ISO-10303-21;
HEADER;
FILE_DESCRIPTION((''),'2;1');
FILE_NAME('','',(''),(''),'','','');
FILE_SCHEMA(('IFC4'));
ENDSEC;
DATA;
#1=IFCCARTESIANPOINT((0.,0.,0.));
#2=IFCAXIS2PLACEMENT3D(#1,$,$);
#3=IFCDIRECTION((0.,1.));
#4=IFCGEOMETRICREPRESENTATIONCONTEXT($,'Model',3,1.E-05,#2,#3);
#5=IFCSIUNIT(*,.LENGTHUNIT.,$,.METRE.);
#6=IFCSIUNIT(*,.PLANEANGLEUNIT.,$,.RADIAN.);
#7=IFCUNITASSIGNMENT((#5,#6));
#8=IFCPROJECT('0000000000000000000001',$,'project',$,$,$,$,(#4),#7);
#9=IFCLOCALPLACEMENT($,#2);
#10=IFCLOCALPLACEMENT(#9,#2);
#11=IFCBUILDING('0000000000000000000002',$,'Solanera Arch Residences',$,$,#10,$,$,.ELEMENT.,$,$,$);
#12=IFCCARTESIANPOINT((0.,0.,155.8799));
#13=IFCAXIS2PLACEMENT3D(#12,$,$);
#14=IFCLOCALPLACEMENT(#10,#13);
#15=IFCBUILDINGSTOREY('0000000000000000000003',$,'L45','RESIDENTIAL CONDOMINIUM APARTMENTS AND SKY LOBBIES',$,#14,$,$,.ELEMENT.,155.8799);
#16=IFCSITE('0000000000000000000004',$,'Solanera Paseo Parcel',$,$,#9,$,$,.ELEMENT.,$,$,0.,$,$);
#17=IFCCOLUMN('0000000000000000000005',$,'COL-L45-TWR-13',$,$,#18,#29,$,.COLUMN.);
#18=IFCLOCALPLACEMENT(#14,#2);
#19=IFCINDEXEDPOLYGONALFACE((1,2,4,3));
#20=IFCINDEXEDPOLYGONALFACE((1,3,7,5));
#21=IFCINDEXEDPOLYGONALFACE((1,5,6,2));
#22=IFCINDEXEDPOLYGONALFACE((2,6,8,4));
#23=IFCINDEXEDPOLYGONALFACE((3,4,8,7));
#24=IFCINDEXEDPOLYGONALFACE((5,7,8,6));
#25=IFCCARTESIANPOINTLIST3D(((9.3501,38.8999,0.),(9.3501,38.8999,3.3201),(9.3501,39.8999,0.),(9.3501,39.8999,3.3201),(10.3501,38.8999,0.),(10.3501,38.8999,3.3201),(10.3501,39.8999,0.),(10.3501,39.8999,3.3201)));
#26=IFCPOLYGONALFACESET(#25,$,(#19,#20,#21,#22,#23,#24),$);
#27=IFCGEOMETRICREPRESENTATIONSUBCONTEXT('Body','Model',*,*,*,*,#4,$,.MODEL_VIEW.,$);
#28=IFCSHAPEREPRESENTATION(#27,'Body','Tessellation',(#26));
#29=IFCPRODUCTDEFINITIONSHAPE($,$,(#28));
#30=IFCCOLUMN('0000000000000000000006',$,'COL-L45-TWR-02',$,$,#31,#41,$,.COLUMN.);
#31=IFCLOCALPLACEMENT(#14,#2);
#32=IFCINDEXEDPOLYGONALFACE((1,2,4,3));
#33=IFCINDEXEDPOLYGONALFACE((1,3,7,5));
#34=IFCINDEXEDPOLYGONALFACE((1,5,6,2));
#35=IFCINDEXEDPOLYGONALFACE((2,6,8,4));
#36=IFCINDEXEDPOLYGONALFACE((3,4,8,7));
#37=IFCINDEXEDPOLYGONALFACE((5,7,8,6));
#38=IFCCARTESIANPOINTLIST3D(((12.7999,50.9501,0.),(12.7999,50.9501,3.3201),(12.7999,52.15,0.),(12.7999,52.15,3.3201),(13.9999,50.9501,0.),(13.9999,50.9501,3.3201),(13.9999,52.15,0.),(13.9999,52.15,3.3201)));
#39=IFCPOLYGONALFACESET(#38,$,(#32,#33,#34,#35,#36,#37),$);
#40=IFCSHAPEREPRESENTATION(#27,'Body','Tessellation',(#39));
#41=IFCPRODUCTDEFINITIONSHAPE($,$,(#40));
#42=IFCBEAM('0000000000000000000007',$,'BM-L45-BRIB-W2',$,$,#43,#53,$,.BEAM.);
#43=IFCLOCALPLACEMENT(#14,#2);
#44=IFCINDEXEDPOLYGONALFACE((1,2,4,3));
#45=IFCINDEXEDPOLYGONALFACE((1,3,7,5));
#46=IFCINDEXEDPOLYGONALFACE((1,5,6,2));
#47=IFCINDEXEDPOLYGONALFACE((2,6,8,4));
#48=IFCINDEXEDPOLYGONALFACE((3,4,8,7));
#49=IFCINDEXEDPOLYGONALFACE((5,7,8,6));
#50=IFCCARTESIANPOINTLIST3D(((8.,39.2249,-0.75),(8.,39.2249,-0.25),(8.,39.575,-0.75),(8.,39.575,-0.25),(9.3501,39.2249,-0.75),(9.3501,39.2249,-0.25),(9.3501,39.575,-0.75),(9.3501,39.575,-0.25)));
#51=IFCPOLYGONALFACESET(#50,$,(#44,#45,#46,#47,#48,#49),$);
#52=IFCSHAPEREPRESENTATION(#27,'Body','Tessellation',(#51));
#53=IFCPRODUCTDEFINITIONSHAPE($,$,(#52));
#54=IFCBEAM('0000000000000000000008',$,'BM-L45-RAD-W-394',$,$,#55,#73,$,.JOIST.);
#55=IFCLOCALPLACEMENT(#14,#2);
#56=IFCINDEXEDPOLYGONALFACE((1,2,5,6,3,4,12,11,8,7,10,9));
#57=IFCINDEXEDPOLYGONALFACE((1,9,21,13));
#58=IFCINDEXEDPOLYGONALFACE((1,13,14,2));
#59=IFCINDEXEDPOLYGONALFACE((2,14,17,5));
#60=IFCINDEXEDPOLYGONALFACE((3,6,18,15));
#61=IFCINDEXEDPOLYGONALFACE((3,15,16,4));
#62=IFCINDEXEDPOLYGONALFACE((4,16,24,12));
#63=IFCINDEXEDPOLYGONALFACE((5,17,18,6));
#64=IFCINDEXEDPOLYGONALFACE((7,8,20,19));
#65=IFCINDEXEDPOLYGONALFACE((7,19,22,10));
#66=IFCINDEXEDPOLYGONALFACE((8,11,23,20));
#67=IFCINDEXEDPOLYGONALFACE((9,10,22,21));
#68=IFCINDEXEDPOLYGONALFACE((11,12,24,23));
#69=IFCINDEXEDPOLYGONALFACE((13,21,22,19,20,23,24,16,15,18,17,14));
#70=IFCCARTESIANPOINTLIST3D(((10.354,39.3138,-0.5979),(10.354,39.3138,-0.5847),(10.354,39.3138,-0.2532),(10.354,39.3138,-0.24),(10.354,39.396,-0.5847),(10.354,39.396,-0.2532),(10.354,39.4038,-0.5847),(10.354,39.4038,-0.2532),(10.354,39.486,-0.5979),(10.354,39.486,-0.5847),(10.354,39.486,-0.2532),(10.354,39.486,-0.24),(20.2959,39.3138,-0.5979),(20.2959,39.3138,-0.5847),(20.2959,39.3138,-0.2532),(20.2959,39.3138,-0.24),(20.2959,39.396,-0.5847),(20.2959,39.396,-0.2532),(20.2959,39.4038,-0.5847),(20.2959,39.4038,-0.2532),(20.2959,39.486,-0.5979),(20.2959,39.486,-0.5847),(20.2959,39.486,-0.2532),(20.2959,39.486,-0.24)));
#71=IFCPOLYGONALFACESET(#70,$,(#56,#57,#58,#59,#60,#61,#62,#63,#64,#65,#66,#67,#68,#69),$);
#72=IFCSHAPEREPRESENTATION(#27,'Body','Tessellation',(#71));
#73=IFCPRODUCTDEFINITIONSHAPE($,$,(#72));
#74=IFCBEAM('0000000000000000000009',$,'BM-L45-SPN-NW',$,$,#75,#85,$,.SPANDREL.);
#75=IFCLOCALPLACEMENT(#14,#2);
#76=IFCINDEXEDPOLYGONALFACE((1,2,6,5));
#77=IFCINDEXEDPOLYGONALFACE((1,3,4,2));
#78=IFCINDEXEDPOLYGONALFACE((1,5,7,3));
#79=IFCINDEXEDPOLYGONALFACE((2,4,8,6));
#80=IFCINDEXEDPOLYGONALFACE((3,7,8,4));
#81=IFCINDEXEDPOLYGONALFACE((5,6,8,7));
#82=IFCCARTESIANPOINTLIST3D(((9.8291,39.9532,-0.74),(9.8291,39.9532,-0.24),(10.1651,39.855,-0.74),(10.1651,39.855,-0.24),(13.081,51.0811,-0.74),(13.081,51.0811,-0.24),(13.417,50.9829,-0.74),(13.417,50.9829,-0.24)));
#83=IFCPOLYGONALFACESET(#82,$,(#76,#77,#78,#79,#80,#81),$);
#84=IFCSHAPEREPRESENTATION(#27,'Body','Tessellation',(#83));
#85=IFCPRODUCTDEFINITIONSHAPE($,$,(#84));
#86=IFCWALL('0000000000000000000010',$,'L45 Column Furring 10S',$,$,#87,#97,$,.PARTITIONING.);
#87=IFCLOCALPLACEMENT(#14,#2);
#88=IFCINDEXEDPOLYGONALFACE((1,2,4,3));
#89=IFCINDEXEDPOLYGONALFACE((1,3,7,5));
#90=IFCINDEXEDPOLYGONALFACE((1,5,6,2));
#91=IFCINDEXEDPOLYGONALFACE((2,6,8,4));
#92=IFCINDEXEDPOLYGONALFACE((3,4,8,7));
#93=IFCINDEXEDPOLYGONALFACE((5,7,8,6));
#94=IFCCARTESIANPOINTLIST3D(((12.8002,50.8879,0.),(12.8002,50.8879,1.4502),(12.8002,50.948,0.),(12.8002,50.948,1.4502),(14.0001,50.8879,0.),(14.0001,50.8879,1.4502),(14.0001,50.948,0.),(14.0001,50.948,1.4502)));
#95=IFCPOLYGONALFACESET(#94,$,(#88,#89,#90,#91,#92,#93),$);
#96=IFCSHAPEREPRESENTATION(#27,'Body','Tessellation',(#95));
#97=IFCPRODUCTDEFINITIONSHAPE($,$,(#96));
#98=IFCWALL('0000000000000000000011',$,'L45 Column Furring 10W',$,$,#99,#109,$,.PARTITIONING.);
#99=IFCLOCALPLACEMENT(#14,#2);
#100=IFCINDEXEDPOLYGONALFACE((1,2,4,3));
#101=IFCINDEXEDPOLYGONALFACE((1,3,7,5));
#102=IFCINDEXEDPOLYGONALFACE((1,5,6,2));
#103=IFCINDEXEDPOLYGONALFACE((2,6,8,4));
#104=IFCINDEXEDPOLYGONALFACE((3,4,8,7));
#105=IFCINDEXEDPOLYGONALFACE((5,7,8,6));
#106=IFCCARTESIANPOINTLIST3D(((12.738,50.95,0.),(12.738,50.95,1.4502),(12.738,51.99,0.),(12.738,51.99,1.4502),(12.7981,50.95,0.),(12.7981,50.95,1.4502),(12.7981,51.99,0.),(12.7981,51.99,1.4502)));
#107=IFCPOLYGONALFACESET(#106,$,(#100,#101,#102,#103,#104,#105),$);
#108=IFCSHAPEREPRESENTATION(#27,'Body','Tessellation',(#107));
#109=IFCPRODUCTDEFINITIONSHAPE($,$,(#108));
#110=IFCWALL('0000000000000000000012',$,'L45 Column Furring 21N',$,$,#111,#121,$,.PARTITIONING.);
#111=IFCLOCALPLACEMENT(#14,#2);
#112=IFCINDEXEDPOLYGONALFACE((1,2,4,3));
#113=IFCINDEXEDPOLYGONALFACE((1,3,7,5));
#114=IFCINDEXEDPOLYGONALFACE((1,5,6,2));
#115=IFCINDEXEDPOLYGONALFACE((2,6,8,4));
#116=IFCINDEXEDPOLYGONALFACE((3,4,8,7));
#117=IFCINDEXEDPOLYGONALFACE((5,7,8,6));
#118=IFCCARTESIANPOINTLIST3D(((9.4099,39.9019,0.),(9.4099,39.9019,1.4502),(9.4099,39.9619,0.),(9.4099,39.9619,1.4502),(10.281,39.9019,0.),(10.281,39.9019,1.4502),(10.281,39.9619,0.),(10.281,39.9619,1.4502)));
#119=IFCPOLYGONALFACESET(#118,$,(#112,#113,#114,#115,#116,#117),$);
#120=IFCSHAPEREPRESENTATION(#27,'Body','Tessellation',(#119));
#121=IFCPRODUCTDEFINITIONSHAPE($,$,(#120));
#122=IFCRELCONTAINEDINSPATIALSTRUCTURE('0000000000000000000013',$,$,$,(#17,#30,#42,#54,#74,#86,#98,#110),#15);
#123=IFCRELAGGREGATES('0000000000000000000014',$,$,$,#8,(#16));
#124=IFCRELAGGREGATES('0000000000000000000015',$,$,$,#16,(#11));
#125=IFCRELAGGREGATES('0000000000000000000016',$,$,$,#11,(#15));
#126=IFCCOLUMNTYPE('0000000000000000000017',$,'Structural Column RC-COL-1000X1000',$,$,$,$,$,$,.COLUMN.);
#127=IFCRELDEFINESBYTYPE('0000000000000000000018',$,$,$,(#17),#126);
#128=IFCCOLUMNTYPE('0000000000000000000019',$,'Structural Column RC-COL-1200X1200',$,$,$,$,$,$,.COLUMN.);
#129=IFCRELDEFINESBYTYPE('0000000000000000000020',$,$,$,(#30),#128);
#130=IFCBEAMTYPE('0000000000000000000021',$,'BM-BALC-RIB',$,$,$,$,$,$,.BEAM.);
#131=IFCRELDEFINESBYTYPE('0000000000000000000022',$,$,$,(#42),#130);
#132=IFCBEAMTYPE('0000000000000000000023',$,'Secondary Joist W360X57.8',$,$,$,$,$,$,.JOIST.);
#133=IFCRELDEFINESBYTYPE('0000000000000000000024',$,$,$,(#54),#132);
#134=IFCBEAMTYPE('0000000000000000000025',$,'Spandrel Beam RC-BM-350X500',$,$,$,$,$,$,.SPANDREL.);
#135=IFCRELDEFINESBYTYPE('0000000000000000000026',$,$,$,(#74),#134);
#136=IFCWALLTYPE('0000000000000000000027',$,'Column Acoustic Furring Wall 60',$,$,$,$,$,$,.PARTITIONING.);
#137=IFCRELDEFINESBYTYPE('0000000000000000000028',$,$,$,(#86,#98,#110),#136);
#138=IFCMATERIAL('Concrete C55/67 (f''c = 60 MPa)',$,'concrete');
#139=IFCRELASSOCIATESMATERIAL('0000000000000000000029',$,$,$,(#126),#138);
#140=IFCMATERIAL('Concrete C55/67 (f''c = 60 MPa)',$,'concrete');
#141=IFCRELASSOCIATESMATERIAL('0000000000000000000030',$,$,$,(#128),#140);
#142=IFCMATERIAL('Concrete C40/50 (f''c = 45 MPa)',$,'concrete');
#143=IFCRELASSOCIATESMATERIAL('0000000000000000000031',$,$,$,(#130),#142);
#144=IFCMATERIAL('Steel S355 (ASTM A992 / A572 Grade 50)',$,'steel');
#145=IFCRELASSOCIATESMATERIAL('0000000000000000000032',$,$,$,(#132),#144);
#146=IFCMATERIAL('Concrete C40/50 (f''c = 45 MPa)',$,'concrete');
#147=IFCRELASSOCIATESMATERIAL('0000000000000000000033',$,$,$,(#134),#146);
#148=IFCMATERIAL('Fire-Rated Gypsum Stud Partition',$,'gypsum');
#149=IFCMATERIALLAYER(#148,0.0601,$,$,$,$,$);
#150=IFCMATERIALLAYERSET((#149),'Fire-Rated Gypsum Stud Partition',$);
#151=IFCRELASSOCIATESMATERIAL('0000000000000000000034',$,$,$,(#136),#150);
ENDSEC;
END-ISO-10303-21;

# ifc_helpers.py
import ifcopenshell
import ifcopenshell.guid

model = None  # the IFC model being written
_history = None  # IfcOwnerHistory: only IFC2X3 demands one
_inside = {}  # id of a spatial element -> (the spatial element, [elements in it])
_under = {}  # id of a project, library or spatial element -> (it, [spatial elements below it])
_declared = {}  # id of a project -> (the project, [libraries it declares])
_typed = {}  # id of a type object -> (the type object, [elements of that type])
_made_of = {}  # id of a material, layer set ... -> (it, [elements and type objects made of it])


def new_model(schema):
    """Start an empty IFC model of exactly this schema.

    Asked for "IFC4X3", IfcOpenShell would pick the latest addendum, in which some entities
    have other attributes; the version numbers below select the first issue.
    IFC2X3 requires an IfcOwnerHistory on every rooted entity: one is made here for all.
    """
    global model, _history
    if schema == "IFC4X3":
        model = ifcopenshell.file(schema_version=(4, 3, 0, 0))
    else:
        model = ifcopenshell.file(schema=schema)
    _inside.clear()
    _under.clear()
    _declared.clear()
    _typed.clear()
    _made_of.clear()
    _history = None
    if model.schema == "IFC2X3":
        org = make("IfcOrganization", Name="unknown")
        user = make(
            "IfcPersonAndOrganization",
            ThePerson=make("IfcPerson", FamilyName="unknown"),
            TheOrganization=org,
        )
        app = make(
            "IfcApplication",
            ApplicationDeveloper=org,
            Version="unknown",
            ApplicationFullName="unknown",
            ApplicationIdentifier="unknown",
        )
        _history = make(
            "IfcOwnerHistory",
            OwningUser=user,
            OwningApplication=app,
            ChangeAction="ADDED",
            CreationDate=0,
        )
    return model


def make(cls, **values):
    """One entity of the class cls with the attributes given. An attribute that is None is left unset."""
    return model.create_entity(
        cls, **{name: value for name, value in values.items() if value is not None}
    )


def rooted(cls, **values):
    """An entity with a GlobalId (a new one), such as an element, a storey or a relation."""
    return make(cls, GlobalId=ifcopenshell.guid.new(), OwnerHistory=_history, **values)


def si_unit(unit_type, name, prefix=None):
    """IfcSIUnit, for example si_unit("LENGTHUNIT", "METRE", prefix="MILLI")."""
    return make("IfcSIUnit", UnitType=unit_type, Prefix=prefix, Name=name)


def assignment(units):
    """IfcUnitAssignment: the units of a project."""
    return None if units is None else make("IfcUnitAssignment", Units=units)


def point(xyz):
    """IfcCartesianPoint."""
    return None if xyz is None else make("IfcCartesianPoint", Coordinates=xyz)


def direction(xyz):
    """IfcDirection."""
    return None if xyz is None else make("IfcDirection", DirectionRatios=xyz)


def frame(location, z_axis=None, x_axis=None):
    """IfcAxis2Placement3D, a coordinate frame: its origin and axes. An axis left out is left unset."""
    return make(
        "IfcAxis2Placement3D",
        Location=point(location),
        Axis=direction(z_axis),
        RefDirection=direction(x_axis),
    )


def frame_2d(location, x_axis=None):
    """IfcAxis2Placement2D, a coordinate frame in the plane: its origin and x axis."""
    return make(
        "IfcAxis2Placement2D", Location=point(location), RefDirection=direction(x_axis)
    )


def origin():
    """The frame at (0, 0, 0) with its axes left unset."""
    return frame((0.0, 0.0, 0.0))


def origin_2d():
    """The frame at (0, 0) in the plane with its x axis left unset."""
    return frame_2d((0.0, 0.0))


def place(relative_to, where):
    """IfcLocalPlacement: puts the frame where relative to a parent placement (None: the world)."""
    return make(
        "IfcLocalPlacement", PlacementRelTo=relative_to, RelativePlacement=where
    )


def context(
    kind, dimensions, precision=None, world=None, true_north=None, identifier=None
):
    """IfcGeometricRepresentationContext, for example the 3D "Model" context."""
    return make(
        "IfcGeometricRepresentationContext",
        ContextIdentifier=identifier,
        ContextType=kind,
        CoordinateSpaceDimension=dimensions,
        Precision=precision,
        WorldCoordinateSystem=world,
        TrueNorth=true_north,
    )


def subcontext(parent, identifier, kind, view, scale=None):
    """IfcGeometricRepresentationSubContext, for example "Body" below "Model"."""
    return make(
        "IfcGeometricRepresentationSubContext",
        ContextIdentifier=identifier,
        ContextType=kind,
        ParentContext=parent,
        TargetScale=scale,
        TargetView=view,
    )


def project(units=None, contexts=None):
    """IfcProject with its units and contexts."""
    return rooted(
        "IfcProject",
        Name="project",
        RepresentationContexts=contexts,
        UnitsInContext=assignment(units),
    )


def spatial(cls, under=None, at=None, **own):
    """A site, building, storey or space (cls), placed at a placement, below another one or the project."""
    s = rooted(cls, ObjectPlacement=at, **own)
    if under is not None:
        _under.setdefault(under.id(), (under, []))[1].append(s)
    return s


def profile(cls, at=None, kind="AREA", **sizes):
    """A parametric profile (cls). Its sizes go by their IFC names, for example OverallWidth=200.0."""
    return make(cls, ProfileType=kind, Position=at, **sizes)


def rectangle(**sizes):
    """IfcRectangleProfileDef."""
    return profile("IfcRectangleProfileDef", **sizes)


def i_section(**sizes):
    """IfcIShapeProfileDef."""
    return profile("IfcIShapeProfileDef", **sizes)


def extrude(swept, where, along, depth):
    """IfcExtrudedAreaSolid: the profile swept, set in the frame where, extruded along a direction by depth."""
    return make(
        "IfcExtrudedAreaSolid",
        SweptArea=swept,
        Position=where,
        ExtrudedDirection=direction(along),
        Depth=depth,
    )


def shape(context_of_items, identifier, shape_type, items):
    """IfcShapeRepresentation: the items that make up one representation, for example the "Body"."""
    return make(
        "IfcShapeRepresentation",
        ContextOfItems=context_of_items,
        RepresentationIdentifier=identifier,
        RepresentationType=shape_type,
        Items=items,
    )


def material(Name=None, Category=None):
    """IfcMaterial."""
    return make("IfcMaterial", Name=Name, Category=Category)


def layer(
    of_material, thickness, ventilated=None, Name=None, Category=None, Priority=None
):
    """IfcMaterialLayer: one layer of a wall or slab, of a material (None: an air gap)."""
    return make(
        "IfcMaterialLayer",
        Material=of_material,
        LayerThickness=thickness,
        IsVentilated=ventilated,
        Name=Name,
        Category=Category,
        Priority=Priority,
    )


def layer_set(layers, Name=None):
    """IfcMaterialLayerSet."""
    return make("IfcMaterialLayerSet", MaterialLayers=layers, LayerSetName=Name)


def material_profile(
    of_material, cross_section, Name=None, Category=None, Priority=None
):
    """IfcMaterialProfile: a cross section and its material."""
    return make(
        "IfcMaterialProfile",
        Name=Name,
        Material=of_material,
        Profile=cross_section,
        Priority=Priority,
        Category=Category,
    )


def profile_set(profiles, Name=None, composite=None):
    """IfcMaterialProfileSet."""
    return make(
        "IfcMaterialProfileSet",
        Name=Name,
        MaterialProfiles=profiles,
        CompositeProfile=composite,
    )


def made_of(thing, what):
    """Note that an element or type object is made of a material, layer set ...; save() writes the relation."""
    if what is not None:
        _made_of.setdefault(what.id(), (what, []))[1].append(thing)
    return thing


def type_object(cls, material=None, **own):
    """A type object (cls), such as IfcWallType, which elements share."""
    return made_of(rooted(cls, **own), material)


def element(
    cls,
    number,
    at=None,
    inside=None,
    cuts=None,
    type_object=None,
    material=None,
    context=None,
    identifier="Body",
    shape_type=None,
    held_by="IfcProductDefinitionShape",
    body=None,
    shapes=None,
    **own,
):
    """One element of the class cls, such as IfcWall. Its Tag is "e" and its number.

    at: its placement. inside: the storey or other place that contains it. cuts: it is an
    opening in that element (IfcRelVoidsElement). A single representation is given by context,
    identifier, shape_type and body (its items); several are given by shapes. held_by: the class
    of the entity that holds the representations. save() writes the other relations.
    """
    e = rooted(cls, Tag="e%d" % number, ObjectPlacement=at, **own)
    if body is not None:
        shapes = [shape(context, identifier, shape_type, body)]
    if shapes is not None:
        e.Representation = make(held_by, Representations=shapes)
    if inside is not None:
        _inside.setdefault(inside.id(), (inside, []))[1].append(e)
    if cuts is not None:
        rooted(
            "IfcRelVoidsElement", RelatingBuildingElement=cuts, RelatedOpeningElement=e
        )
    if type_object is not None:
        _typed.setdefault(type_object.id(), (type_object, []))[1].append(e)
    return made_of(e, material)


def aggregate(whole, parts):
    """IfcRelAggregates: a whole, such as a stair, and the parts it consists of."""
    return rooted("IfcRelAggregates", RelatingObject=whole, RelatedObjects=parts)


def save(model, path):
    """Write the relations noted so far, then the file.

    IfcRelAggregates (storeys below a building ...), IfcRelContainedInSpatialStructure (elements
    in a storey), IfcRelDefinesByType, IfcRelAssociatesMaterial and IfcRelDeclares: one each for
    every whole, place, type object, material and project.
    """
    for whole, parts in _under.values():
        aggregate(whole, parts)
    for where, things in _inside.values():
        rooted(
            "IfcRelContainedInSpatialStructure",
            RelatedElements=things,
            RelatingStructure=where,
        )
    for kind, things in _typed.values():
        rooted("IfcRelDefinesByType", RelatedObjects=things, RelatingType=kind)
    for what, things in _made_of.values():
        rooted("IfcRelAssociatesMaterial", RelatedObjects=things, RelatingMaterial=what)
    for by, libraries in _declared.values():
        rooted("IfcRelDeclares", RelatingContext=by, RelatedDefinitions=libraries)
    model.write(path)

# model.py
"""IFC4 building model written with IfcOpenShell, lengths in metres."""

from ifc_helpers import new_model, si_unit, direction, frame, frame_2d, origin, origin_2d, place, context, subcontext, project, spatial, rectangle, i_section, extrude, material, layer, layer_set, material_profile, profile_set, type_object, element, save


model = new_model("IFC4")

# Units and contexts
model_context = context("Model", 3, precision=1e-05, world=origin(), true_north=direction((0.0, 1.0)))
body_context = subcontext(model_context, "Body", "Model", "MODEL_VIEW")
ifc_project = project(units=[si_unit("LENGTHUNIT", "METRE"), si_unit("PLANEANGLEUNIT", "RADIAN")], contexts=[model_context])

# Site, building, storey
site_placement = place(None, origin())
site = spatial("IfcSite", under=ifc_project, at=site_placement, Name="Solanera Paseo Parcel", CompositionType="ELEMENT", RefElevation=0.0)
building_placement = place(site_placement, origin())
building = spatial("IfcBuilding", under=site, at=building_placement, Name="Solanera Arch Residences", CompositionType="ELEMENT")
storey_placement = place(building_placement, frame((0.0, 0.0, 155.8799)))
storey = spatial("IfcBuildingStorey", under=building, at=storey_placement, Name="L45", Description="RESIDENTIAL CONDOMINIUM APARTMENTS AND SKY LOBBIES", CompositionType="ELEMENT", Elevation=155.8799)

# Columns
ifc_material_1 = material(Name="Concrete C55/67 (f'c = 60 MPa)", Category="concrete")
ifc_material_profile_1 = material_profile(ifc_material_1, rectangle(XDim=1.0, YDim=1.0, at=origin_2d()))
ifc_profile_set_1 = profile_set([ifc_material_profile_1], Name="Concrete C55/67 (f'c = 60 MPa)")
column_type_1 = type_object("IfcColumnType", Name="Structural Column RC-COL-1000X1000", PredefinedType="COLUMN", material=ifc_profile_set_1)
column_1_placement = place(storey_placement, frame((9.8501, 39.3999, 0.0), z_axis=(0.0, 0.0, 1.0), x_axis=(1.0, 0.0, 0.0)))
element("IfcColumn", 1, at=column_1_placement, inside=storey, type_object=column_type_1, Name="COL-L45-TWR-13", PredefinedType="COLUMN", context=body_context, shape_type="SweptSolid", body=[
    extrude(rectangle(XDim=1.0, YDim=1.0, at=origin_2d()), origin(), (0.0, 0.0, 1.0), 3.3201),
])
ifc_material_2 = material(Name="Concrete C55/67 (f'c = 60 MPa)", Category="concrete")
ifc_material_profile_2 = material_profile(ifc_material_2, rectangle(XDim=1.2, YDim=1.2, at=origin_2d()))
ifc_profile_set_2 = profile_set([ifc_material_profile_2], Name="Concrete C55/67 (f'c = 60 MPa)")
column_type_2 = type_object("IfcColumnType", Name="Structural Column RC-COL-1200X1200", PredefinedType="COLUMN", material=ifc_profile_set_2)
column_2_placement = place(storey_placement, frame((13.3999, 51.55, 0.0), z_axis=(0.0, 0.0, 1.0), x_axis=(1.0, 0.0, 0.0)))
element("IfcColumn", 2, at=column_2_placement, inside=storey, type_object=column_type_2, Name="COL-L45-TWR-02", PredefinedType="COLUMN", context=body_context, shape_type="SweptSolid", body=[
    extrude(rectangle(XDim=1.2, YDim=1.2, at=origin_2d()), origin(), (0.0, 0.0, 1.0), 3.3201),
])

# Beams
ifc_material_3 = material(Name="Concrete C40/50 (f'c = 45 MPa)", Category="concrete")
ifc_material_profile_3 = material_profile(ifc_material_3, rectangle(XDim=0.3501, YDim=0.5, at=origin_2d()))
ifc_profile_set_3 = profile_set([ifc_material_profile_3], Name="Concrete C40/50 (f'c = 45 MPa)")
beam_type_1 = type_object("IfcBeamType", Name="BM-BALC-RIB", PredefinedType="BEAM", material=ifc_profile_set_3)
beam_1_placement = place(storey_placement, frame((8.0, 39.3999, -0.5), z_axis=(1.0, 0.0, 0.0), x_axis=(0.0, 1.0, 0.0)))
element("IfcBeam", 3, at=beam_1_placement, inside=storey, type_object=beam_type_1, Name="BM-L45-BRIB-W2", PredefinedType="BEAM", context=body_context, shape_type="SweptSolid", body=[
    extrude(rectangle(XDim=0.3501, YDim=0.5, at=origin_2d()), origin(), (0.0, 0.0, 1.0), 1.3501),
])
ifc_material_4 = material(Name="Steel S355 (ASTM A992 / A572 Grade 50)", Category="steel")
ifc_material_profile_4 = material_profile(ifc_material_4, i_section(OverallWidth=0.1721, OverallDepth=0.3579, WebThickness=0.0078, FlangeThickness=0.0132, at=origin_2d()))
ifc_profile_set_4 = profile_set([ifc_material_profile_4], Name="Steel S355 (ASTM A992 / A572 Grade 50)")
beam_type_2 = type_object("IfcBeamType", Name="Secondary Joist W360X57.8", PredefinedType="JOIST", material=ifc_profile_set_4)
beam_2_placement = place(storey_placement, frame((10.354, 39.3999, -0.4189), z_axis=(1.0, 0.0, 0.0), x_axis=(0.0, 1.0, 0.0)))
element("IfcBeam", 4, at=beam_2_placement, inside=storey, type_object=beam_type_2, Name="BM-L45-RAD-W-394", PredefinedType="JOIST", context=body_context, shape_type="SweptSolid", body=[
    extrude(i_section(OverallWidth=0.1721, OverallDepth=0.3579, WebThickness=0.0078, FlangeThickness=0.0132, at=origin_2d()), origin(), (0.0, 0.0, 1.0), 9.9419),
])
ifc_material_5 = material(Name="Concrete C40/50 (f'c = 45 MPa)", Category="concrete")
ifc_material_profile_5 = material_profile(ifc_material_5, rectangle(XDim=0.3501, YDim=0.5, at=origin_2d()))
ifc_profile_set_5 = profile_set([ifc_material_profile_5], Name="Concrete C40/50 (f'c = 45 MPa)")
beam_type_3 = type_object("IfcBeamType", Name="Spandrel Beam RC-BM-350X500", PredefinedType="SPANDREL", material=ifc_profile_set_5)
beam_3_placement = place(storey_placement, frame((13.249, 51.032, -0.49), z_axis=(-0.280501, -0.959854, 0.0), x_axis=(0.959854, -0.280501, 0.0)))
element("IfcBeam", 5, at=beam_3_placement, inside=storey, type_object=beam_type_3, Name="BM-L45-SPN-NW", PredefinedType="SPANDREL", context=body_context, shape_type="SweptSolid", body=[
    extrude(rectangle(XDim=0.3501, YDim=0.5, at=origin_2d()), origin(), (0.0, 0.0, 1.0), 11.5933),
])

# Walls
ifc_material_6 = material(Name="Fire-Rated Gypsum Stud Partition", Category="gypsum")
ifc_layer_1 = layer(ifc_material_6, 0.0601)
ifc_layer_set_1 = layer_set([ifc_layer_1], Name="Fire-Rated Gypsum Stud Partition")
wall_type_1 = type_object("IfcWallType", Name="Column Acoustic Furring Wall 60", PredefinedType="PARTITIONING", material=ifc_layer_set_1)
wall_1_placement = place(storey_placement, frame((12.8, 50.918, 0.0), z_axis=(0.0, 0.0, 1.0), x_axis=(1.0, 0.0, 0.0)))
element("IfcWall", 6, at=wall_1_placement, inside=storey, type_object=wall_type_1, Name="L45 Column Furring 10S", PredefinedType="PARTITIONING", context=body_context, shape_type="SweptSolid", body=[
    extrude(rectangle(XDim=1.2, YDim=0.0601, at=frame_2d((0.6001, 0.0))), origin(), (0.0, 0.0, 1.0), 1.4502),
])
wall_2_placement = place(storey_placement, frame((12.7681, 50.95, 0.0), z_axis=(0.0, 0.0, 1.0), x_axis=(0.0, 1.0, 0.0)))
element("IfcWall", 7, at=wall_2_placement, inside=storey, type_object=wall_type_1, Name="L45 Column Furring 10W", PredefinedType="PARTITIONING", context=body_context, shape_type="SweptSolid", body=[
    extrude(rectangle(XDim=1.04, YDim=0.0601, at=frame_2d((0.52, 0.0))), origin(), (0.0, 0.0, 1.0), 1.4502),
])
wall_3_placement = place(storey_placement, frame((9.4099, 39.9319, 0.0), z_axis=(0.0, 0.0, 1.0), x_axis=(1.0, 0.0, 0.0)))
element("IfcWall", 8, at=wall_3_placement, inside=storey, type_object=wall_type_1, Name="L45 Column Furring 21N", PredefinedType="PARTITIONING", context=body_context, shape_type="SweptSolid", body=[
    extrude(rectangle(XDim=0.8711, YDim=0.0601, at=frame_2d((0.4355, 0.0))), origin(), (0.0, 0.0, 1.0), 1.4502),
])

save(model, "model.ifc")
